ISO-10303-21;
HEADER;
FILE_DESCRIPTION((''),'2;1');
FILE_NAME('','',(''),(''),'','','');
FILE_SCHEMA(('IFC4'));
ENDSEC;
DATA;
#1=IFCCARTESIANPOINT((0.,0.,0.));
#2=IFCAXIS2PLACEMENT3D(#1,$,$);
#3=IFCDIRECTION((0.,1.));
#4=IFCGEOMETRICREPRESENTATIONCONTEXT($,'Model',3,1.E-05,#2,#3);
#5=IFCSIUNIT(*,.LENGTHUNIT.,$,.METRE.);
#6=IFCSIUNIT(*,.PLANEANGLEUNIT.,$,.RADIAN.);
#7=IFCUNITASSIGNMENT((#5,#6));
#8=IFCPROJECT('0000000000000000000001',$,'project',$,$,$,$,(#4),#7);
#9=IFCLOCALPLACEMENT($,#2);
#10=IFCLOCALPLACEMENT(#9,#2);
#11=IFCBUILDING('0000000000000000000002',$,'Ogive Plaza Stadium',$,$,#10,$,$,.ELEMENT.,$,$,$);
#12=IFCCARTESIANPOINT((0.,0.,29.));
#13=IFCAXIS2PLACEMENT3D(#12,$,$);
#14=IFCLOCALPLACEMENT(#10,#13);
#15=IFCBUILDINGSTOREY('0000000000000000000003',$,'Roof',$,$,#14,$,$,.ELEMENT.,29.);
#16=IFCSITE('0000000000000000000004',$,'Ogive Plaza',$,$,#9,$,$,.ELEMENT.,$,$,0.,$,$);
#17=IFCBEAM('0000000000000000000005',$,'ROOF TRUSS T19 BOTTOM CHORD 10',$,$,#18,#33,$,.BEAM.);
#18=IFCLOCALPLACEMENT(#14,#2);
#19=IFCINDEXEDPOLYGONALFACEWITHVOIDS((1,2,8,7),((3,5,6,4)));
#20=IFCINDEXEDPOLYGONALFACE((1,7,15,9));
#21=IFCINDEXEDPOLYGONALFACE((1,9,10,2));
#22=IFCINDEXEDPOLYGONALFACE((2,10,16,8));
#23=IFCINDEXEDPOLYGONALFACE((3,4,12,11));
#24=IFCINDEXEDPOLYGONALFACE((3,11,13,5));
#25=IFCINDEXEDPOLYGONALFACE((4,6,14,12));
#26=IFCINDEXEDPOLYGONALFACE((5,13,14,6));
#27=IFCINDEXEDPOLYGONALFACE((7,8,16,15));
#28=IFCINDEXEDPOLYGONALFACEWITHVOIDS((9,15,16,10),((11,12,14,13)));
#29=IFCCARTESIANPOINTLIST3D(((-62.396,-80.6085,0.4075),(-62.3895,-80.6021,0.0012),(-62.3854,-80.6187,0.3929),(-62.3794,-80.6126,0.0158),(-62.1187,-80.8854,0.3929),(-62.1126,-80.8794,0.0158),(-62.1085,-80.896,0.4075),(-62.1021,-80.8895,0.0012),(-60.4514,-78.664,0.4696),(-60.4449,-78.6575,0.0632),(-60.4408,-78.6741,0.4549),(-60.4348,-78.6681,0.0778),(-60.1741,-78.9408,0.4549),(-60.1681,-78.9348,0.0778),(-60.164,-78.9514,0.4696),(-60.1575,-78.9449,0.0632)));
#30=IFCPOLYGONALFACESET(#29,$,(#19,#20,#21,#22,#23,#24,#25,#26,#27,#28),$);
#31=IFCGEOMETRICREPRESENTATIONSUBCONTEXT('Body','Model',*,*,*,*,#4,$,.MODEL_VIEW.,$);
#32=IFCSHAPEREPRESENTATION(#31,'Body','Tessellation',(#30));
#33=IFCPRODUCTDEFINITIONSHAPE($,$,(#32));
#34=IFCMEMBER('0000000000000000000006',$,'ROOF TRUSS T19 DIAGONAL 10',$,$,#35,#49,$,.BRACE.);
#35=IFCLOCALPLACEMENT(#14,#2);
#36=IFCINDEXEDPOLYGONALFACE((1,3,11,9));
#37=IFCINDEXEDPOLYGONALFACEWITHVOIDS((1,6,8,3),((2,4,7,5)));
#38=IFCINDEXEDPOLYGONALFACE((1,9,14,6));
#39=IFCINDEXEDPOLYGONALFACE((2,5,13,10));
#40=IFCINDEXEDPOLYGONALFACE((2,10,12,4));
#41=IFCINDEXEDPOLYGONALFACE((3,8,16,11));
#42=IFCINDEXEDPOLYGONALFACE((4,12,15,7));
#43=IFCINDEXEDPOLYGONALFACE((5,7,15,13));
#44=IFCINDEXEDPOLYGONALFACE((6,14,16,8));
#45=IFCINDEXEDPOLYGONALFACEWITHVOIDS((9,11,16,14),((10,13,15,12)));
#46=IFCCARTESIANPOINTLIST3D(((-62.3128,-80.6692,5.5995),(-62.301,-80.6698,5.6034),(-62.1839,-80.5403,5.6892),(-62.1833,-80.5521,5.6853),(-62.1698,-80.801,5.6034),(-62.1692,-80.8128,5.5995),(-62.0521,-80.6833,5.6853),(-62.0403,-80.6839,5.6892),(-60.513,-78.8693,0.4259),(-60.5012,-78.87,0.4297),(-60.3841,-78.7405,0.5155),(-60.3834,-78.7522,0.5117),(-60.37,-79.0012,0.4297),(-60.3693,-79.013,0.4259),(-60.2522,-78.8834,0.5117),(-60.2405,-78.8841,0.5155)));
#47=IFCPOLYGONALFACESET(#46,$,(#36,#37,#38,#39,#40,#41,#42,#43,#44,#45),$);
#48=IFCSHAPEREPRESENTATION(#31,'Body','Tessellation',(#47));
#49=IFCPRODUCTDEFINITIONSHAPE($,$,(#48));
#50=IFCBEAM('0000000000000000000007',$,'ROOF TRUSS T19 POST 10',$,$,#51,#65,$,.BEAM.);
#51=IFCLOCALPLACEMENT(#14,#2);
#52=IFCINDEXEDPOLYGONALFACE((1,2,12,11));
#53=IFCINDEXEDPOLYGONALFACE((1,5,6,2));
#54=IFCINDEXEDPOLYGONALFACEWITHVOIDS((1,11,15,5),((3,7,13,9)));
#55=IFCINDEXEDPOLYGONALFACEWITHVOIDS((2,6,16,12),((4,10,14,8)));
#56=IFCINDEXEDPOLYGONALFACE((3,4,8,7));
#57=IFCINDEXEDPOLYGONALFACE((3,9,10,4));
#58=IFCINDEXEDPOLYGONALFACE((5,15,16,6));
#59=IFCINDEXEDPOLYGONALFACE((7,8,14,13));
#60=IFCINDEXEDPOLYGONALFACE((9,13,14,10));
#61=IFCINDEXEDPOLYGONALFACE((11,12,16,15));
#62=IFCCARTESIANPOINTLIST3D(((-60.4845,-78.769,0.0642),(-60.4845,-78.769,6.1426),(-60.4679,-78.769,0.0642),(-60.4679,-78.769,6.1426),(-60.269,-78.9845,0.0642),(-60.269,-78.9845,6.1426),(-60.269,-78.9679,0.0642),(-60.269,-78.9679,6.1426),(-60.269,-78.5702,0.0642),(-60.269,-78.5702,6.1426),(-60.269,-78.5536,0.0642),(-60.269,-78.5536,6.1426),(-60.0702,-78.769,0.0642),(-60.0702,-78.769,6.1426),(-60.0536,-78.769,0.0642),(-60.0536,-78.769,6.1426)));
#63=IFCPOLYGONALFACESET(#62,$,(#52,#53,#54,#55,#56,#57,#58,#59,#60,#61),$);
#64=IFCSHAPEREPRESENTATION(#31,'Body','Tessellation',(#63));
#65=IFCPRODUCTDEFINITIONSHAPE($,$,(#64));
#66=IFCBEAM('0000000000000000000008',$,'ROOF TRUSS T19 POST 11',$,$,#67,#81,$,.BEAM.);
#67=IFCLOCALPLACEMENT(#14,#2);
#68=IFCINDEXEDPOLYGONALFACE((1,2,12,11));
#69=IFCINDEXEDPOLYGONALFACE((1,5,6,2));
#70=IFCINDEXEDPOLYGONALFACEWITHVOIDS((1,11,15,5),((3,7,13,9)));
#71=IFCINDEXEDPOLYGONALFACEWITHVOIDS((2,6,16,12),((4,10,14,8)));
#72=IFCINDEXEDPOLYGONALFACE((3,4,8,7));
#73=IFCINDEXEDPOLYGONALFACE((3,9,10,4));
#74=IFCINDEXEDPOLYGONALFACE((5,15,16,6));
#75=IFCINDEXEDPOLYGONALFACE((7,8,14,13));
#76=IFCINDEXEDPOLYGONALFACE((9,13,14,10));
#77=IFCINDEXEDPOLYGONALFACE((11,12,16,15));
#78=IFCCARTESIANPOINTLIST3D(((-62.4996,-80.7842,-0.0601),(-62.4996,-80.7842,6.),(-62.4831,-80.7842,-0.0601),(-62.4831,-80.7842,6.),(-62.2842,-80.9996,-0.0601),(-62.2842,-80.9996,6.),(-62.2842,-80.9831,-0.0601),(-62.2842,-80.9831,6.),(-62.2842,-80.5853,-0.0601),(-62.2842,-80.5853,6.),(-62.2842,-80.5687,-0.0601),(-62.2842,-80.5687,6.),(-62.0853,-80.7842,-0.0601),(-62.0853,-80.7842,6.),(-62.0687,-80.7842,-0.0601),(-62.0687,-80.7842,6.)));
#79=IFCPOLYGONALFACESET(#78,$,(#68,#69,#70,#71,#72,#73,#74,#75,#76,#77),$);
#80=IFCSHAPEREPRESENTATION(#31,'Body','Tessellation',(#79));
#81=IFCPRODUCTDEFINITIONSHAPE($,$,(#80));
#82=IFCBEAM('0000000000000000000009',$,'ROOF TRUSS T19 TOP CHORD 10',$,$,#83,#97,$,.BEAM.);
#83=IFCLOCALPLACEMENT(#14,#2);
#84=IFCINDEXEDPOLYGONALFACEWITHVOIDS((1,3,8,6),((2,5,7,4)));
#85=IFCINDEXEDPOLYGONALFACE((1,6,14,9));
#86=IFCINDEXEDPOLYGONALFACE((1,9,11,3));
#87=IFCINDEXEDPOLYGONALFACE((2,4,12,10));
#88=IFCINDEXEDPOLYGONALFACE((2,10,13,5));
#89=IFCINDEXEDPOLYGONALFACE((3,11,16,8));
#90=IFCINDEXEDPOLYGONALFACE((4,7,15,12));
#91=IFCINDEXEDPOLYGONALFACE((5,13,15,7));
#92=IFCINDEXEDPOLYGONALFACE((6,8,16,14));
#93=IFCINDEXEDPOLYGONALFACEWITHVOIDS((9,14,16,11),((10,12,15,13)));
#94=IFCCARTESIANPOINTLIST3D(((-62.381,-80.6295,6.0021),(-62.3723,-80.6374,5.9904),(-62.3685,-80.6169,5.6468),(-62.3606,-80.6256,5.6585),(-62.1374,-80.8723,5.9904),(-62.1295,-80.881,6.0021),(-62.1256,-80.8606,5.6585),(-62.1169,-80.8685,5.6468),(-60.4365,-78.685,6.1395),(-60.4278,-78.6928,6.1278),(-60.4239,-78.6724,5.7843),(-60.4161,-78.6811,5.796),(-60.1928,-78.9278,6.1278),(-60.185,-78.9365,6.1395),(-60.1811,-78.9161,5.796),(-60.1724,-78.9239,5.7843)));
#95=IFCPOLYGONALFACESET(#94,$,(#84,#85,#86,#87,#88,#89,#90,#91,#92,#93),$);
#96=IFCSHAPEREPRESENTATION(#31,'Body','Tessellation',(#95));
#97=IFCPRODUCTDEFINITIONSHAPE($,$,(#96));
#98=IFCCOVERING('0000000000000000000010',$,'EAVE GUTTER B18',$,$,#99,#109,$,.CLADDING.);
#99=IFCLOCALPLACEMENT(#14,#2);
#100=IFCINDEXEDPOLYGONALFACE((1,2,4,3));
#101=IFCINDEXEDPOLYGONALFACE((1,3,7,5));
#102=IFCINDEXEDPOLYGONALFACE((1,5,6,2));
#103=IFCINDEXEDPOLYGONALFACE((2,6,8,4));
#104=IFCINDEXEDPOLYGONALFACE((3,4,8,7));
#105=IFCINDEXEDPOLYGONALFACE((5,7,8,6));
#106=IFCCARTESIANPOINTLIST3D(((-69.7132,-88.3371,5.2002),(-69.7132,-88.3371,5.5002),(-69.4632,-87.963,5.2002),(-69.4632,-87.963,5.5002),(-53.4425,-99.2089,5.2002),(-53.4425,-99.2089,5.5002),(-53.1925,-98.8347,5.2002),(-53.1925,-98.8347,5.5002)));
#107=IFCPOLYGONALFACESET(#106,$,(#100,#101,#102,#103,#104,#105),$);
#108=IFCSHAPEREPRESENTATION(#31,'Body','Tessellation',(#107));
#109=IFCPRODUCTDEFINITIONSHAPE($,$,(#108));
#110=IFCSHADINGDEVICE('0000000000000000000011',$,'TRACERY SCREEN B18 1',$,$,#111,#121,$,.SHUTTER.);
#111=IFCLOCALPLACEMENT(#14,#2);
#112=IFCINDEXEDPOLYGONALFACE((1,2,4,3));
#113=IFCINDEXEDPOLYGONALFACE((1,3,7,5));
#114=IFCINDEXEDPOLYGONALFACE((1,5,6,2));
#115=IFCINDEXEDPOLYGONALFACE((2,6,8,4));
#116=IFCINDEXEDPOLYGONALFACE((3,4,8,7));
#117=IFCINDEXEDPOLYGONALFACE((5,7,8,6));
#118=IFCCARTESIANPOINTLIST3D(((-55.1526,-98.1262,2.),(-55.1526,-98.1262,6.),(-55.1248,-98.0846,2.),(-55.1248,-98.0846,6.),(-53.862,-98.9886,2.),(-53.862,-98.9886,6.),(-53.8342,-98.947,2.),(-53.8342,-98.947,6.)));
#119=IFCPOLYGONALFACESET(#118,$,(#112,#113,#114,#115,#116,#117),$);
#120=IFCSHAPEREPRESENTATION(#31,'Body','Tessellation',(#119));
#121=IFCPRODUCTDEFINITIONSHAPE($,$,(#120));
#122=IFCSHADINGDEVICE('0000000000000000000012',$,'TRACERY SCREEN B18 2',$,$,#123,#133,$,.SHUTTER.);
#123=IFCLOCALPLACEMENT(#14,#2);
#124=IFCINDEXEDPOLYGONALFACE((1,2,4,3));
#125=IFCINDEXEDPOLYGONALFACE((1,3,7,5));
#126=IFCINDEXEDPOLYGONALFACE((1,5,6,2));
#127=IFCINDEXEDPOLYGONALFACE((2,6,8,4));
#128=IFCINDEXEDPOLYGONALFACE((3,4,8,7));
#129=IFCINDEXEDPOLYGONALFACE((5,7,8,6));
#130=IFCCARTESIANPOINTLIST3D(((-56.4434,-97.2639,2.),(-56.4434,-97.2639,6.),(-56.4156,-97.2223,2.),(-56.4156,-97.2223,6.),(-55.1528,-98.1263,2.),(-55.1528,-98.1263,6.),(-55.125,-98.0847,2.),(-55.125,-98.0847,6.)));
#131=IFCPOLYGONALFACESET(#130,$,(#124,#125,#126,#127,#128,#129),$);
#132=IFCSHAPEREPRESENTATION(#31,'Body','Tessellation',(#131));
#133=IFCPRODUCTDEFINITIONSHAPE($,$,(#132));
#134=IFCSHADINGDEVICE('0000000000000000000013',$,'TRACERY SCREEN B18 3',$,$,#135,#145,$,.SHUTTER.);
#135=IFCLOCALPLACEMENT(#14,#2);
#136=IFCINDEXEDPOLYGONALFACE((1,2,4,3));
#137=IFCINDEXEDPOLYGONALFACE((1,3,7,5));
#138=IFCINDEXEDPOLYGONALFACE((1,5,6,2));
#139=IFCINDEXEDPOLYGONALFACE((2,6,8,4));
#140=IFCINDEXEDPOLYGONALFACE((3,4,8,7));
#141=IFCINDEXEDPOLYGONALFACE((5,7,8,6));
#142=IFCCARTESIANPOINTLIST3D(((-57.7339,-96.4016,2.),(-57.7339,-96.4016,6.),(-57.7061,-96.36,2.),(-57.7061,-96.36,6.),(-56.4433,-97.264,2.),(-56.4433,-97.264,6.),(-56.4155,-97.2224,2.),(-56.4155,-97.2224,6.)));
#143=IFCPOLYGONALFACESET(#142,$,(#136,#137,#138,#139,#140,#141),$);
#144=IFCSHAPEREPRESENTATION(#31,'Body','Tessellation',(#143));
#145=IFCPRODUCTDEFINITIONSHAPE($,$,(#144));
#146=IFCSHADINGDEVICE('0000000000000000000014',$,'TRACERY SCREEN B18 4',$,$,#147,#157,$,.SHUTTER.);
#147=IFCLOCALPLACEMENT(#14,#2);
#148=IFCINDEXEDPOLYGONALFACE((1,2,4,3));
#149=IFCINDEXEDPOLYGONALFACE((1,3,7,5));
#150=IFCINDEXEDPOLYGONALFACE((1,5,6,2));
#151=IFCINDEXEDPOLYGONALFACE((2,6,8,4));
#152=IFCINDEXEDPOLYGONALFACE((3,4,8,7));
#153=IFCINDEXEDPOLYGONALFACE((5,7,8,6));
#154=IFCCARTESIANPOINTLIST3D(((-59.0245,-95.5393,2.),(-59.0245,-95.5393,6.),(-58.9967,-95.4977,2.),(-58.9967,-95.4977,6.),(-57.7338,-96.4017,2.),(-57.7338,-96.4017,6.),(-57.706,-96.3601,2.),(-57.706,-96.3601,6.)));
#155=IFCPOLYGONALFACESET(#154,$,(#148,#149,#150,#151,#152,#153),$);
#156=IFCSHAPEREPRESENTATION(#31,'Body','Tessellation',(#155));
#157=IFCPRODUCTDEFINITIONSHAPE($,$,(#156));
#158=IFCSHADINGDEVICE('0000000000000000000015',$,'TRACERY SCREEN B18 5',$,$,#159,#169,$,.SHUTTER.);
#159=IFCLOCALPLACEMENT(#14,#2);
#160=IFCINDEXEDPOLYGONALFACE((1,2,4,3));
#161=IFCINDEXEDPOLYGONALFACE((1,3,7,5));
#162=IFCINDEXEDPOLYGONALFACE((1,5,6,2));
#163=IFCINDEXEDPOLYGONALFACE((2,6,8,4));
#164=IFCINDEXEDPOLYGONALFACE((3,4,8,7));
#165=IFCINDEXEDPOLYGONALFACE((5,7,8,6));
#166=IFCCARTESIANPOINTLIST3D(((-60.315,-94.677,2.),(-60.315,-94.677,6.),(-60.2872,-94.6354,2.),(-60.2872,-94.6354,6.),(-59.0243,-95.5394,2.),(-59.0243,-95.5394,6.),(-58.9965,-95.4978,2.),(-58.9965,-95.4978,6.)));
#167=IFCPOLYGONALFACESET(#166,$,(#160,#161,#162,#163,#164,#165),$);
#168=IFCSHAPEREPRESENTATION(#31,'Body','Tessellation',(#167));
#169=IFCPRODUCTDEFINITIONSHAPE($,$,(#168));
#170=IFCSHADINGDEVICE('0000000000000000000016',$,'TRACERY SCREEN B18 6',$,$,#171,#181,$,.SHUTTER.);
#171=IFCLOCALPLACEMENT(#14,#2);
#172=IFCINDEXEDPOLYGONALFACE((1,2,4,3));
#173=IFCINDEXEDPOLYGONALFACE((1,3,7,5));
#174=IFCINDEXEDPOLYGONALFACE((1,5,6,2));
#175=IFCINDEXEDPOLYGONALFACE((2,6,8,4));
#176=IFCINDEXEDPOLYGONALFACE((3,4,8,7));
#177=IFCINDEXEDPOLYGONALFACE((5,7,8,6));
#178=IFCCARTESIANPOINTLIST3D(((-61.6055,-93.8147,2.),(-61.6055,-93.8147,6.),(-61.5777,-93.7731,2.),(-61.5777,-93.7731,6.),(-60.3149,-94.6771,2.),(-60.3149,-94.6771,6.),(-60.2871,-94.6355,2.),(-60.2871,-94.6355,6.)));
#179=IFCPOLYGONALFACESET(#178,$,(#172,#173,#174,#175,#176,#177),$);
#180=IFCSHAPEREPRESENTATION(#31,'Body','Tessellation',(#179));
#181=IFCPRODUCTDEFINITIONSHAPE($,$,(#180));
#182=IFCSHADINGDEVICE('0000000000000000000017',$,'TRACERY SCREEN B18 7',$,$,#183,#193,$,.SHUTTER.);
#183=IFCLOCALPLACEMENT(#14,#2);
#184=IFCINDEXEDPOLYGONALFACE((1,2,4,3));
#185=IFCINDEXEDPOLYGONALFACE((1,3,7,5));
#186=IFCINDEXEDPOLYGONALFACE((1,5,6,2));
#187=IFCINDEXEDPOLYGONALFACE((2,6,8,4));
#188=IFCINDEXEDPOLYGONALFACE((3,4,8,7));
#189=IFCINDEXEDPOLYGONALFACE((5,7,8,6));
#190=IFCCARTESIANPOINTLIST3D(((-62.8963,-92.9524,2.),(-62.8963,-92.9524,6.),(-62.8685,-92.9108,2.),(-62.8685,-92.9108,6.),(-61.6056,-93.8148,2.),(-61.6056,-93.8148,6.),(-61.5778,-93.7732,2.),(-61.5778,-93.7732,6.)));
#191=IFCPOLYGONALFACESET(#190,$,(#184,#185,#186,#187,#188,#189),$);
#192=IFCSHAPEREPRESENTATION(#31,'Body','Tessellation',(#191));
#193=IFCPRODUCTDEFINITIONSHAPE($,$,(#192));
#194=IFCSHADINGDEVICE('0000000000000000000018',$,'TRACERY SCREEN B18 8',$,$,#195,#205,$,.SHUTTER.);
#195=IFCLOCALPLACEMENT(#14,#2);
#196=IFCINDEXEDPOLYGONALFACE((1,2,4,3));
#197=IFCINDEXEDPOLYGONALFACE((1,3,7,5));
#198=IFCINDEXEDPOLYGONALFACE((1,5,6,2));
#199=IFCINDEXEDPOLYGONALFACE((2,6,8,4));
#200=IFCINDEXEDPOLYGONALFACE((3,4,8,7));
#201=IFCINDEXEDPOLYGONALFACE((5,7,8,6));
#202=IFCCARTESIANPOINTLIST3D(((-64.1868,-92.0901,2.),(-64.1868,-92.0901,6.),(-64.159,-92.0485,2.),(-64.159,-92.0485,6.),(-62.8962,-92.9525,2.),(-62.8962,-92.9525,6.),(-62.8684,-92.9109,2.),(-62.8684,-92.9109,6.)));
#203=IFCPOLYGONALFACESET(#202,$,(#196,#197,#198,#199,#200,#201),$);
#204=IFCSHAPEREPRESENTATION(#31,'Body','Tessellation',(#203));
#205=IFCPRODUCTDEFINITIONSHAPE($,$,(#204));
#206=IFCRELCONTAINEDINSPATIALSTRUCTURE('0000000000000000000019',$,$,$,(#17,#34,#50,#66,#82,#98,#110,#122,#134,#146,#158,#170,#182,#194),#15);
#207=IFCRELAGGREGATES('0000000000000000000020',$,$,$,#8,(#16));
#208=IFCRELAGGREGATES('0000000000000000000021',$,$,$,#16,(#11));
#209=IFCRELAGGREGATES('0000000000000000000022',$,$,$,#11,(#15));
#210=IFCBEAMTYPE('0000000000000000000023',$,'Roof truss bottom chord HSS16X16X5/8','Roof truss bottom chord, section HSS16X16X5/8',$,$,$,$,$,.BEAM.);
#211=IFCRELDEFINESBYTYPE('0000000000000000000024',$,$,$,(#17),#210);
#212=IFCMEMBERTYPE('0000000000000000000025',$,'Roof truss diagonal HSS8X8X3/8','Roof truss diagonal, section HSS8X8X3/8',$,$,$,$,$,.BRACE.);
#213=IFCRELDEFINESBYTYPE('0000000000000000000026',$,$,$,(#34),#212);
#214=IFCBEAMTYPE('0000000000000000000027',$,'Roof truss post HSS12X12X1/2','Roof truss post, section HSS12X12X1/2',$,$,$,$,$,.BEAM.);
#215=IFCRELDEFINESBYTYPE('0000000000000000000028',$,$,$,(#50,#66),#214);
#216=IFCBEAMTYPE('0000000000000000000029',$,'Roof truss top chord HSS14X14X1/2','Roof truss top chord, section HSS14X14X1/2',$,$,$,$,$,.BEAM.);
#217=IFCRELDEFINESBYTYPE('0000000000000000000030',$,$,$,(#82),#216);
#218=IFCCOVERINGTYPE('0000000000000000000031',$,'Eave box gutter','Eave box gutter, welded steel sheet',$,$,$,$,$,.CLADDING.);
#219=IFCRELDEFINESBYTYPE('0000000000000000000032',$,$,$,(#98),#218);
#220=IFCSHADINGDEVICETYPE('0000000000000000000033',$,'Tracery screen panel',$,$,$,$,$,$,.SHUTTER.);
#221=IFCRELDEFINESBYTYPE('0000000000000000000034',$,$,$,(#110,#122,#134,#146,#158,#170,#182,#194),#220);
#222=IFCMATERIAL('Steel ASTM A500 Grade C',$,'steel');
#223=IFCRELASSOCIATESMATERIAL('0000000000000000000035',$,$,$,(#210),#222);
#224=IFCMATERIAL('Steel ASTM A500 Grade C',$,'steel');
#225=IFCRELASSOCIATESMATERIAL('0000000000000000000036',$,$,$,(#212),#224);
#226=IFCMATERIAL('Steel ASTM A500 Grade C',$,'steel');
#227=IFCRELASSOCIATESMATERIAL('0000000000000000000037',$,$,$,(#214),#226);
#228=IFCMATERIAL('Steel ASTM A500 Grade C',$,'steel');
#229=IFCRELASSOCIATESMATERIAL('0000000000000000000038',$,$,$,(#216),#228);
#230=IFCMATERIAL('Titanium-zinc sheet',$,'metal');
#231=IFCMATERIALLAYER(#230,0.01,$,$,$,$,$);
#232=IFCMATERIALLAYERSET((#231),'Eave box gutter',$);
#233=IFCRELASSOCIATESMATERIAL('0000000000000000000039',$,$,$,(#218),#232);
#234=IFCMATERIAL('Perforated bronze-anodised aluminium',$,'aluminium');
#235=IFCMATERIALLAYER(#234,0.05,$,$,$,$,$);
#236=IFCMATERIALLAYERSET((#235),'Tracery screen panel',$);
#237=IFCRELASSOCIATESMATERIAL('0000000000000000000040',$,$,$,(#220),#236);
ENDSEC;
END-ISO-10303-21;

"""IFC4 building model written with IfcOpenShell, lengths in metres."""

from ifc_helpers import new_model, si_unit, direction, frame, origin, origin_2d, place, context, subcontext, project, spatial, rectangle, hollow_rectangle, extrude, material, layer, layer_set, material_profile, profile_set, type_object, element, save


model = new_model("IFC4")

# Units and contexts
model_context = context("Model", 3, precision=1e-05, world=origin(), true_north=direction((0.0, 1.0)))
body_context = subcontext(model_context, "Body", "Model", "MODEL_VIEW")
ifc_project = project(units=[si_unit("LENGTHUNIT", "METRE"), si_unit("PLANEANGLEUNIT", "RADIAN")], contexts=[model_context])

# Site, building, storey
site_placement = place(None, origin())
site = spatial("IfcSite", under=ifc_project, at=site_placement, Name="Ogive Plaza", CompositionType="ELEMENT", RefElevation=0.0)
building_placement = place(site_placement, origin())
building = spatial("IfcBuilding", under=site, at=building_placement, Name="Ogive Plaza Stadium", CompositionType="ELEMENT")
storey_placement = place(building_placement, frame((0.0, 0.0, 29.0)))
storey = spatial("IfcBuildingStorey", under=building, at=storey_placement, Name="Roof", CompositionType="ELEMENT", Elevation=29.0)

# Beam
ifc_material_1 = material(Name="Steel ASTM A500 Grade C", Category="steel")
ifc_material_profile_1 = material_profile(ifc_material_1, hollow_rectangle(XDim=0.4065, YDim=0.4065, WallThickness=0.0146, at=origin_2d()), Name="HSS16X16X5/8")
ifc_profile_set_1 = profile_set([ifc_material_profile_1], Name="Steel ASTM A500 Grade C")
beam_type_1 = type_object("IfcBeamType", Name="Roof truss bottom chord HSS16X16X5/8", Description="Roof truss bottom chord, section HSS16X16X5/8", PredefinedType="BEAM", material=ifc_profile_set_1)
beam_1_placement = place(storey_placement, frame((-60.3044, -78.8044, 0.2664), z_axis=(-0.706927, -0.706927, -0.022544), x_axis=(0.707107, -0.707107, 0.0)))
element("IfcBeam", 1, at=beam_1_placement, inside=storey, type_object=beam_type_1, Name="ROOF TRUSS T19 BOTTOM CHORD 10", PredefinedType="BEAM", context=body_context, shape_type="SweptSolid", body=[
    extrude(hollow_rectangle(XDim=0.4065, YDim=0.4065, WallThickness=0.0146, at=origin_2d()), origin(), (0.0, 0.0, 1.0), 2.7507),
])

# Member
ifc_material_2 = material(Name="Steel ASTM A500 Grade C", Category="steel")
ifc_material_profile_2 = material_profile(ifc_material_2, hollow_rectangle(XDim=0.2031, YDim=0.2031, WallThickness=0.0088, at=origin_2d()), Name="HSS8X8X3/8")
ifc_profile_set_2 = profile_set([ifc_material_profile_2], Name="Steel ASTM A500 Grade C")
member_type_1 = type_object("IfcMemberType", Name="Roof truss diagonal HSS8X8X3/8", Description="Roof truss diagonal, section HSS8X8X3/8", PredefinedType="BRACE", material=ifc_profile_set_2)
member_1_placement = place(storey_placement, frame((-60.3767, -78.8767, 0.4707), z_axis=(-0.312151, -0.312151, 0.897287), x_axis=(0.707107, -0.707107, 0.0)))
element("IfcMember", 2, at=member_1_placement, inside=storey, type_object=member_type_1, Name="ROOF TRUSS T19 DIAGONAL 10", PredefinedType="BRACE", context=body_context, shape_type="SweptSolid", body=[
    extrude(hollow_rectangle(XDim=0.2031, YDim=0.2031, WallThickness=0.0088, at=origin_2d()), origin(), (0.0, 0.0, 1.0), 5.7659),
])

# Beams
ifc_material_3 = material(Name="Steel ASTM A500 Grade C", Category="steel")
ifc_material_profile_3 = material_profile(ifc_material_3, hollow_rectangle(XDim=0.3047, YDim=0.3047, WallThickness=0.0117, at=origin_2d()), Name="HSS12X12X1/2")
ifc_profile_set_3 = profile_set([ifc_material_profile_3], Name="Steel ASTM A500 Grade C")
beam_type_2 = type_object("IfcBeamType", Name="Roof truss post HSS12X12X1/2", Description="Roof truss post, section HSS12X12X1/2", PredefinedType="BEAM", material=ifc_profile_set_3)
beam_2_placement = place(storey_placement, frame((-60.269, -78.769, 0.0642), z_axis=(0.0, 0.0, 1.0), x_axis=(0.707107, -0.707107, 0.0)))
element("IfcBeam", 3, at=beam_2_placement, inside=storey, type_object=beam_type_2, Name="ROOF TRUSS T19 POST 10", PredefinedType="BEAM", context=body_context, shape_type="SweptSolid", body=[
    extrude(hollow_rectangle(XDim=0.3047, YDim=0.3047, WallThickness=0.0117, at=origin_2d()), origin(), (0.0, 0.0, 1.0), 6.0784),
])
beam_3_placement = place(storey_placement, frame((-62.2842, -80.7842, -0.0601), z_axis=(0.0, 0.0, 1.0), x_axis=(0.707107, -0.707107, 0.0)))
element("IfcBeam", 4, at=beam_3_placement, inside=storey, type_object=beam_type_2, Name="ROOF TRUSS T19 POST 11", PredefinedType="BEAM", context=body_context, shape_type="SweptSolid", body=[
    extrude(hollow_rectangle(XDim=0.3047, YDim=0.3047, WallThickness=0.0117, at=origin_2d()), origin(), (0.0, 0.0, 1.0), 6.0601),
])
ifc_material_4 = material(Name="Steel ASTM A500 Grade C", Category="steel")
ifc_material_profile_4 = material_profile(ifc_material_4, hollow_rectangle(XDim=0.3557, YDim=0.3557, WallThickness=0.0117, at=origin_2d()), Name="HSS14X14X1/2")
ifc_profile_set_4 = profile_set([ifc_material_profile_4], Name="Steel ASTM A500 Grade C")
beam_type_3 = type_object("IfcBeamType", Name="Roof truss top chord HSS14X14X1/2", Description="Roof truss top chord, section HSS14X14X1/2", PredefinedType="BEAM", material=ifc_profile_set_4)
beam_4_placement = place(storey_placement, frame((-60.3044, -78.8044, 5.9619), z_axis=(-0.706225, -0.706225, -0.049919), x_axis=(0.707107, -0.707107, 0.0)))
element("IfcBeam", 5, at=beam_4_placement, inside=storey, type_object=beam_type_3, Name="ROOF TRUSS T19 TOP CHORD 10", PredefinedType="BEAM", context=body_context, shape_type="SweptSolid", body=[
    extrude(hollow_rectangle(XDim=0.3557, YDim=0.3557, WallThickness=0.0117, at=origin_2d()), origin(), (0.0, 0.0, 1.0), 2.7534),
])

# Covering
ifc_material_5 = material(Name="Titanium-zinc sheet", Category="metal")
ifc_layer_1 = layer(ifc_material_5, 0.01)
ifc_layer_set_1 = layer_set([ifc_layer_1], Name="Eave box gutter")
covering_type = type_object("IfcCoveringType", Name="Eave box gutter", Description="Eave box gutter, welded steel sheet", PredefinedType="CLADDING", material=ifc_layer_set_1)
covering_placement = place(storey_placement, frame((-61.4529, -93.5859, 5.2002), z_axis=(0.0, 0.0, 1.0), x_axis=(-0.83147, 0.55557, 0.0)))
element("IfcCovering", 6, at=covering_placement, inside=storey, type_object=covering_type, Name="EAVE GUTTER B18", PredefinedType="CLADDING", context=body_context, shape_type="SweptSolid", body=[
    extrude(rectangle(XDim=19.5686, YDim=0.45, at=origin_2d()), origin(), (0.0, 0.0, 1.0), 0.3),
])

# Shading devices
ifc_material_6 = material(Name="Perforated bronze-anodised aluminium", Category="aluminium")
ifc_layer_2 = layer(ifc_material_6, 0.05)
ifc_layer_set_2 = layer_set([ifc_layer_2], Name="Tracery screen panel")
shading_device_type = type_object("IfcShadingDeviceType", Name="Tracery screen panel", PredefinedType="SHUTTER", material=ifc_layer_set_2)
for number, where, z_axis, x_axis, name in (
    (7, (-54.4934, -98.5366, 2.0), (0.0, 0.0, 1.0), (-0.83147, 0.55557, 0.0), "TRACERY SCREEN B18 1"),
    (8, (-55.7842, -97.6743, 2.0), (0.0, 0.0, 1.0), (-0.83147, 0.55557, 0.0), "TRACERY SCREEN B18 2"),
    (9, (-57.0747, -96.812, 2.0), (0.0, 0.0, 1.0), (-0.83147, 0.55557, 0.0), "TRACERY SCREEN B18 3"),
    (10, (-58.3652, -95.9497, 2.0), (0.0, 0.0, 1.0), (-0.83147, 0.55557, 0.0), "TRACERY SCREEN B18 4"),
    (11, (-59.6558, -95.0874, 2.0), (0.0, 0.0, 1.0), (-0.83147, 0.55557, 0.0), "TRACERY SCREEN B18 5"),
    (12, (-60.9463, -94.2251, 2.0), (0.0, 0.0, 1.0), (-0.83147, 0.55557, 0.0), "TRACERY SCREEN B18 6"),
    (13, (-62.2371, -93.3628, 2.0), (0.0, 0.0, 1.0), (-0.83147, 0.55557, 0.0), "TRACERY SCREEN B18 7"),
    (14, (-63.5276, -92.5005, 2.0), (0.0, 0.0, 1.0), (-0.83147, 0.55557, 0.0), "TRACERY SCREEN B18 8"),
):
    element("IfcShadingDevice", number, at=place(storey_placement, frame(where, z_axis=z_axis, x_axis=x_axis)), inside=storey, type_object=shading_device_type, Name=name, PredefinedType="SHUTTER", context=body_context, shape_type="SweptSolid", body=[
        extrude(rectangle(XDim=1.5522, YDim=0.05, at=origin_2d()), origin(), (0.0, 0.0, 1.0), 4.0),
    ])

save(model, "model.ifc")
